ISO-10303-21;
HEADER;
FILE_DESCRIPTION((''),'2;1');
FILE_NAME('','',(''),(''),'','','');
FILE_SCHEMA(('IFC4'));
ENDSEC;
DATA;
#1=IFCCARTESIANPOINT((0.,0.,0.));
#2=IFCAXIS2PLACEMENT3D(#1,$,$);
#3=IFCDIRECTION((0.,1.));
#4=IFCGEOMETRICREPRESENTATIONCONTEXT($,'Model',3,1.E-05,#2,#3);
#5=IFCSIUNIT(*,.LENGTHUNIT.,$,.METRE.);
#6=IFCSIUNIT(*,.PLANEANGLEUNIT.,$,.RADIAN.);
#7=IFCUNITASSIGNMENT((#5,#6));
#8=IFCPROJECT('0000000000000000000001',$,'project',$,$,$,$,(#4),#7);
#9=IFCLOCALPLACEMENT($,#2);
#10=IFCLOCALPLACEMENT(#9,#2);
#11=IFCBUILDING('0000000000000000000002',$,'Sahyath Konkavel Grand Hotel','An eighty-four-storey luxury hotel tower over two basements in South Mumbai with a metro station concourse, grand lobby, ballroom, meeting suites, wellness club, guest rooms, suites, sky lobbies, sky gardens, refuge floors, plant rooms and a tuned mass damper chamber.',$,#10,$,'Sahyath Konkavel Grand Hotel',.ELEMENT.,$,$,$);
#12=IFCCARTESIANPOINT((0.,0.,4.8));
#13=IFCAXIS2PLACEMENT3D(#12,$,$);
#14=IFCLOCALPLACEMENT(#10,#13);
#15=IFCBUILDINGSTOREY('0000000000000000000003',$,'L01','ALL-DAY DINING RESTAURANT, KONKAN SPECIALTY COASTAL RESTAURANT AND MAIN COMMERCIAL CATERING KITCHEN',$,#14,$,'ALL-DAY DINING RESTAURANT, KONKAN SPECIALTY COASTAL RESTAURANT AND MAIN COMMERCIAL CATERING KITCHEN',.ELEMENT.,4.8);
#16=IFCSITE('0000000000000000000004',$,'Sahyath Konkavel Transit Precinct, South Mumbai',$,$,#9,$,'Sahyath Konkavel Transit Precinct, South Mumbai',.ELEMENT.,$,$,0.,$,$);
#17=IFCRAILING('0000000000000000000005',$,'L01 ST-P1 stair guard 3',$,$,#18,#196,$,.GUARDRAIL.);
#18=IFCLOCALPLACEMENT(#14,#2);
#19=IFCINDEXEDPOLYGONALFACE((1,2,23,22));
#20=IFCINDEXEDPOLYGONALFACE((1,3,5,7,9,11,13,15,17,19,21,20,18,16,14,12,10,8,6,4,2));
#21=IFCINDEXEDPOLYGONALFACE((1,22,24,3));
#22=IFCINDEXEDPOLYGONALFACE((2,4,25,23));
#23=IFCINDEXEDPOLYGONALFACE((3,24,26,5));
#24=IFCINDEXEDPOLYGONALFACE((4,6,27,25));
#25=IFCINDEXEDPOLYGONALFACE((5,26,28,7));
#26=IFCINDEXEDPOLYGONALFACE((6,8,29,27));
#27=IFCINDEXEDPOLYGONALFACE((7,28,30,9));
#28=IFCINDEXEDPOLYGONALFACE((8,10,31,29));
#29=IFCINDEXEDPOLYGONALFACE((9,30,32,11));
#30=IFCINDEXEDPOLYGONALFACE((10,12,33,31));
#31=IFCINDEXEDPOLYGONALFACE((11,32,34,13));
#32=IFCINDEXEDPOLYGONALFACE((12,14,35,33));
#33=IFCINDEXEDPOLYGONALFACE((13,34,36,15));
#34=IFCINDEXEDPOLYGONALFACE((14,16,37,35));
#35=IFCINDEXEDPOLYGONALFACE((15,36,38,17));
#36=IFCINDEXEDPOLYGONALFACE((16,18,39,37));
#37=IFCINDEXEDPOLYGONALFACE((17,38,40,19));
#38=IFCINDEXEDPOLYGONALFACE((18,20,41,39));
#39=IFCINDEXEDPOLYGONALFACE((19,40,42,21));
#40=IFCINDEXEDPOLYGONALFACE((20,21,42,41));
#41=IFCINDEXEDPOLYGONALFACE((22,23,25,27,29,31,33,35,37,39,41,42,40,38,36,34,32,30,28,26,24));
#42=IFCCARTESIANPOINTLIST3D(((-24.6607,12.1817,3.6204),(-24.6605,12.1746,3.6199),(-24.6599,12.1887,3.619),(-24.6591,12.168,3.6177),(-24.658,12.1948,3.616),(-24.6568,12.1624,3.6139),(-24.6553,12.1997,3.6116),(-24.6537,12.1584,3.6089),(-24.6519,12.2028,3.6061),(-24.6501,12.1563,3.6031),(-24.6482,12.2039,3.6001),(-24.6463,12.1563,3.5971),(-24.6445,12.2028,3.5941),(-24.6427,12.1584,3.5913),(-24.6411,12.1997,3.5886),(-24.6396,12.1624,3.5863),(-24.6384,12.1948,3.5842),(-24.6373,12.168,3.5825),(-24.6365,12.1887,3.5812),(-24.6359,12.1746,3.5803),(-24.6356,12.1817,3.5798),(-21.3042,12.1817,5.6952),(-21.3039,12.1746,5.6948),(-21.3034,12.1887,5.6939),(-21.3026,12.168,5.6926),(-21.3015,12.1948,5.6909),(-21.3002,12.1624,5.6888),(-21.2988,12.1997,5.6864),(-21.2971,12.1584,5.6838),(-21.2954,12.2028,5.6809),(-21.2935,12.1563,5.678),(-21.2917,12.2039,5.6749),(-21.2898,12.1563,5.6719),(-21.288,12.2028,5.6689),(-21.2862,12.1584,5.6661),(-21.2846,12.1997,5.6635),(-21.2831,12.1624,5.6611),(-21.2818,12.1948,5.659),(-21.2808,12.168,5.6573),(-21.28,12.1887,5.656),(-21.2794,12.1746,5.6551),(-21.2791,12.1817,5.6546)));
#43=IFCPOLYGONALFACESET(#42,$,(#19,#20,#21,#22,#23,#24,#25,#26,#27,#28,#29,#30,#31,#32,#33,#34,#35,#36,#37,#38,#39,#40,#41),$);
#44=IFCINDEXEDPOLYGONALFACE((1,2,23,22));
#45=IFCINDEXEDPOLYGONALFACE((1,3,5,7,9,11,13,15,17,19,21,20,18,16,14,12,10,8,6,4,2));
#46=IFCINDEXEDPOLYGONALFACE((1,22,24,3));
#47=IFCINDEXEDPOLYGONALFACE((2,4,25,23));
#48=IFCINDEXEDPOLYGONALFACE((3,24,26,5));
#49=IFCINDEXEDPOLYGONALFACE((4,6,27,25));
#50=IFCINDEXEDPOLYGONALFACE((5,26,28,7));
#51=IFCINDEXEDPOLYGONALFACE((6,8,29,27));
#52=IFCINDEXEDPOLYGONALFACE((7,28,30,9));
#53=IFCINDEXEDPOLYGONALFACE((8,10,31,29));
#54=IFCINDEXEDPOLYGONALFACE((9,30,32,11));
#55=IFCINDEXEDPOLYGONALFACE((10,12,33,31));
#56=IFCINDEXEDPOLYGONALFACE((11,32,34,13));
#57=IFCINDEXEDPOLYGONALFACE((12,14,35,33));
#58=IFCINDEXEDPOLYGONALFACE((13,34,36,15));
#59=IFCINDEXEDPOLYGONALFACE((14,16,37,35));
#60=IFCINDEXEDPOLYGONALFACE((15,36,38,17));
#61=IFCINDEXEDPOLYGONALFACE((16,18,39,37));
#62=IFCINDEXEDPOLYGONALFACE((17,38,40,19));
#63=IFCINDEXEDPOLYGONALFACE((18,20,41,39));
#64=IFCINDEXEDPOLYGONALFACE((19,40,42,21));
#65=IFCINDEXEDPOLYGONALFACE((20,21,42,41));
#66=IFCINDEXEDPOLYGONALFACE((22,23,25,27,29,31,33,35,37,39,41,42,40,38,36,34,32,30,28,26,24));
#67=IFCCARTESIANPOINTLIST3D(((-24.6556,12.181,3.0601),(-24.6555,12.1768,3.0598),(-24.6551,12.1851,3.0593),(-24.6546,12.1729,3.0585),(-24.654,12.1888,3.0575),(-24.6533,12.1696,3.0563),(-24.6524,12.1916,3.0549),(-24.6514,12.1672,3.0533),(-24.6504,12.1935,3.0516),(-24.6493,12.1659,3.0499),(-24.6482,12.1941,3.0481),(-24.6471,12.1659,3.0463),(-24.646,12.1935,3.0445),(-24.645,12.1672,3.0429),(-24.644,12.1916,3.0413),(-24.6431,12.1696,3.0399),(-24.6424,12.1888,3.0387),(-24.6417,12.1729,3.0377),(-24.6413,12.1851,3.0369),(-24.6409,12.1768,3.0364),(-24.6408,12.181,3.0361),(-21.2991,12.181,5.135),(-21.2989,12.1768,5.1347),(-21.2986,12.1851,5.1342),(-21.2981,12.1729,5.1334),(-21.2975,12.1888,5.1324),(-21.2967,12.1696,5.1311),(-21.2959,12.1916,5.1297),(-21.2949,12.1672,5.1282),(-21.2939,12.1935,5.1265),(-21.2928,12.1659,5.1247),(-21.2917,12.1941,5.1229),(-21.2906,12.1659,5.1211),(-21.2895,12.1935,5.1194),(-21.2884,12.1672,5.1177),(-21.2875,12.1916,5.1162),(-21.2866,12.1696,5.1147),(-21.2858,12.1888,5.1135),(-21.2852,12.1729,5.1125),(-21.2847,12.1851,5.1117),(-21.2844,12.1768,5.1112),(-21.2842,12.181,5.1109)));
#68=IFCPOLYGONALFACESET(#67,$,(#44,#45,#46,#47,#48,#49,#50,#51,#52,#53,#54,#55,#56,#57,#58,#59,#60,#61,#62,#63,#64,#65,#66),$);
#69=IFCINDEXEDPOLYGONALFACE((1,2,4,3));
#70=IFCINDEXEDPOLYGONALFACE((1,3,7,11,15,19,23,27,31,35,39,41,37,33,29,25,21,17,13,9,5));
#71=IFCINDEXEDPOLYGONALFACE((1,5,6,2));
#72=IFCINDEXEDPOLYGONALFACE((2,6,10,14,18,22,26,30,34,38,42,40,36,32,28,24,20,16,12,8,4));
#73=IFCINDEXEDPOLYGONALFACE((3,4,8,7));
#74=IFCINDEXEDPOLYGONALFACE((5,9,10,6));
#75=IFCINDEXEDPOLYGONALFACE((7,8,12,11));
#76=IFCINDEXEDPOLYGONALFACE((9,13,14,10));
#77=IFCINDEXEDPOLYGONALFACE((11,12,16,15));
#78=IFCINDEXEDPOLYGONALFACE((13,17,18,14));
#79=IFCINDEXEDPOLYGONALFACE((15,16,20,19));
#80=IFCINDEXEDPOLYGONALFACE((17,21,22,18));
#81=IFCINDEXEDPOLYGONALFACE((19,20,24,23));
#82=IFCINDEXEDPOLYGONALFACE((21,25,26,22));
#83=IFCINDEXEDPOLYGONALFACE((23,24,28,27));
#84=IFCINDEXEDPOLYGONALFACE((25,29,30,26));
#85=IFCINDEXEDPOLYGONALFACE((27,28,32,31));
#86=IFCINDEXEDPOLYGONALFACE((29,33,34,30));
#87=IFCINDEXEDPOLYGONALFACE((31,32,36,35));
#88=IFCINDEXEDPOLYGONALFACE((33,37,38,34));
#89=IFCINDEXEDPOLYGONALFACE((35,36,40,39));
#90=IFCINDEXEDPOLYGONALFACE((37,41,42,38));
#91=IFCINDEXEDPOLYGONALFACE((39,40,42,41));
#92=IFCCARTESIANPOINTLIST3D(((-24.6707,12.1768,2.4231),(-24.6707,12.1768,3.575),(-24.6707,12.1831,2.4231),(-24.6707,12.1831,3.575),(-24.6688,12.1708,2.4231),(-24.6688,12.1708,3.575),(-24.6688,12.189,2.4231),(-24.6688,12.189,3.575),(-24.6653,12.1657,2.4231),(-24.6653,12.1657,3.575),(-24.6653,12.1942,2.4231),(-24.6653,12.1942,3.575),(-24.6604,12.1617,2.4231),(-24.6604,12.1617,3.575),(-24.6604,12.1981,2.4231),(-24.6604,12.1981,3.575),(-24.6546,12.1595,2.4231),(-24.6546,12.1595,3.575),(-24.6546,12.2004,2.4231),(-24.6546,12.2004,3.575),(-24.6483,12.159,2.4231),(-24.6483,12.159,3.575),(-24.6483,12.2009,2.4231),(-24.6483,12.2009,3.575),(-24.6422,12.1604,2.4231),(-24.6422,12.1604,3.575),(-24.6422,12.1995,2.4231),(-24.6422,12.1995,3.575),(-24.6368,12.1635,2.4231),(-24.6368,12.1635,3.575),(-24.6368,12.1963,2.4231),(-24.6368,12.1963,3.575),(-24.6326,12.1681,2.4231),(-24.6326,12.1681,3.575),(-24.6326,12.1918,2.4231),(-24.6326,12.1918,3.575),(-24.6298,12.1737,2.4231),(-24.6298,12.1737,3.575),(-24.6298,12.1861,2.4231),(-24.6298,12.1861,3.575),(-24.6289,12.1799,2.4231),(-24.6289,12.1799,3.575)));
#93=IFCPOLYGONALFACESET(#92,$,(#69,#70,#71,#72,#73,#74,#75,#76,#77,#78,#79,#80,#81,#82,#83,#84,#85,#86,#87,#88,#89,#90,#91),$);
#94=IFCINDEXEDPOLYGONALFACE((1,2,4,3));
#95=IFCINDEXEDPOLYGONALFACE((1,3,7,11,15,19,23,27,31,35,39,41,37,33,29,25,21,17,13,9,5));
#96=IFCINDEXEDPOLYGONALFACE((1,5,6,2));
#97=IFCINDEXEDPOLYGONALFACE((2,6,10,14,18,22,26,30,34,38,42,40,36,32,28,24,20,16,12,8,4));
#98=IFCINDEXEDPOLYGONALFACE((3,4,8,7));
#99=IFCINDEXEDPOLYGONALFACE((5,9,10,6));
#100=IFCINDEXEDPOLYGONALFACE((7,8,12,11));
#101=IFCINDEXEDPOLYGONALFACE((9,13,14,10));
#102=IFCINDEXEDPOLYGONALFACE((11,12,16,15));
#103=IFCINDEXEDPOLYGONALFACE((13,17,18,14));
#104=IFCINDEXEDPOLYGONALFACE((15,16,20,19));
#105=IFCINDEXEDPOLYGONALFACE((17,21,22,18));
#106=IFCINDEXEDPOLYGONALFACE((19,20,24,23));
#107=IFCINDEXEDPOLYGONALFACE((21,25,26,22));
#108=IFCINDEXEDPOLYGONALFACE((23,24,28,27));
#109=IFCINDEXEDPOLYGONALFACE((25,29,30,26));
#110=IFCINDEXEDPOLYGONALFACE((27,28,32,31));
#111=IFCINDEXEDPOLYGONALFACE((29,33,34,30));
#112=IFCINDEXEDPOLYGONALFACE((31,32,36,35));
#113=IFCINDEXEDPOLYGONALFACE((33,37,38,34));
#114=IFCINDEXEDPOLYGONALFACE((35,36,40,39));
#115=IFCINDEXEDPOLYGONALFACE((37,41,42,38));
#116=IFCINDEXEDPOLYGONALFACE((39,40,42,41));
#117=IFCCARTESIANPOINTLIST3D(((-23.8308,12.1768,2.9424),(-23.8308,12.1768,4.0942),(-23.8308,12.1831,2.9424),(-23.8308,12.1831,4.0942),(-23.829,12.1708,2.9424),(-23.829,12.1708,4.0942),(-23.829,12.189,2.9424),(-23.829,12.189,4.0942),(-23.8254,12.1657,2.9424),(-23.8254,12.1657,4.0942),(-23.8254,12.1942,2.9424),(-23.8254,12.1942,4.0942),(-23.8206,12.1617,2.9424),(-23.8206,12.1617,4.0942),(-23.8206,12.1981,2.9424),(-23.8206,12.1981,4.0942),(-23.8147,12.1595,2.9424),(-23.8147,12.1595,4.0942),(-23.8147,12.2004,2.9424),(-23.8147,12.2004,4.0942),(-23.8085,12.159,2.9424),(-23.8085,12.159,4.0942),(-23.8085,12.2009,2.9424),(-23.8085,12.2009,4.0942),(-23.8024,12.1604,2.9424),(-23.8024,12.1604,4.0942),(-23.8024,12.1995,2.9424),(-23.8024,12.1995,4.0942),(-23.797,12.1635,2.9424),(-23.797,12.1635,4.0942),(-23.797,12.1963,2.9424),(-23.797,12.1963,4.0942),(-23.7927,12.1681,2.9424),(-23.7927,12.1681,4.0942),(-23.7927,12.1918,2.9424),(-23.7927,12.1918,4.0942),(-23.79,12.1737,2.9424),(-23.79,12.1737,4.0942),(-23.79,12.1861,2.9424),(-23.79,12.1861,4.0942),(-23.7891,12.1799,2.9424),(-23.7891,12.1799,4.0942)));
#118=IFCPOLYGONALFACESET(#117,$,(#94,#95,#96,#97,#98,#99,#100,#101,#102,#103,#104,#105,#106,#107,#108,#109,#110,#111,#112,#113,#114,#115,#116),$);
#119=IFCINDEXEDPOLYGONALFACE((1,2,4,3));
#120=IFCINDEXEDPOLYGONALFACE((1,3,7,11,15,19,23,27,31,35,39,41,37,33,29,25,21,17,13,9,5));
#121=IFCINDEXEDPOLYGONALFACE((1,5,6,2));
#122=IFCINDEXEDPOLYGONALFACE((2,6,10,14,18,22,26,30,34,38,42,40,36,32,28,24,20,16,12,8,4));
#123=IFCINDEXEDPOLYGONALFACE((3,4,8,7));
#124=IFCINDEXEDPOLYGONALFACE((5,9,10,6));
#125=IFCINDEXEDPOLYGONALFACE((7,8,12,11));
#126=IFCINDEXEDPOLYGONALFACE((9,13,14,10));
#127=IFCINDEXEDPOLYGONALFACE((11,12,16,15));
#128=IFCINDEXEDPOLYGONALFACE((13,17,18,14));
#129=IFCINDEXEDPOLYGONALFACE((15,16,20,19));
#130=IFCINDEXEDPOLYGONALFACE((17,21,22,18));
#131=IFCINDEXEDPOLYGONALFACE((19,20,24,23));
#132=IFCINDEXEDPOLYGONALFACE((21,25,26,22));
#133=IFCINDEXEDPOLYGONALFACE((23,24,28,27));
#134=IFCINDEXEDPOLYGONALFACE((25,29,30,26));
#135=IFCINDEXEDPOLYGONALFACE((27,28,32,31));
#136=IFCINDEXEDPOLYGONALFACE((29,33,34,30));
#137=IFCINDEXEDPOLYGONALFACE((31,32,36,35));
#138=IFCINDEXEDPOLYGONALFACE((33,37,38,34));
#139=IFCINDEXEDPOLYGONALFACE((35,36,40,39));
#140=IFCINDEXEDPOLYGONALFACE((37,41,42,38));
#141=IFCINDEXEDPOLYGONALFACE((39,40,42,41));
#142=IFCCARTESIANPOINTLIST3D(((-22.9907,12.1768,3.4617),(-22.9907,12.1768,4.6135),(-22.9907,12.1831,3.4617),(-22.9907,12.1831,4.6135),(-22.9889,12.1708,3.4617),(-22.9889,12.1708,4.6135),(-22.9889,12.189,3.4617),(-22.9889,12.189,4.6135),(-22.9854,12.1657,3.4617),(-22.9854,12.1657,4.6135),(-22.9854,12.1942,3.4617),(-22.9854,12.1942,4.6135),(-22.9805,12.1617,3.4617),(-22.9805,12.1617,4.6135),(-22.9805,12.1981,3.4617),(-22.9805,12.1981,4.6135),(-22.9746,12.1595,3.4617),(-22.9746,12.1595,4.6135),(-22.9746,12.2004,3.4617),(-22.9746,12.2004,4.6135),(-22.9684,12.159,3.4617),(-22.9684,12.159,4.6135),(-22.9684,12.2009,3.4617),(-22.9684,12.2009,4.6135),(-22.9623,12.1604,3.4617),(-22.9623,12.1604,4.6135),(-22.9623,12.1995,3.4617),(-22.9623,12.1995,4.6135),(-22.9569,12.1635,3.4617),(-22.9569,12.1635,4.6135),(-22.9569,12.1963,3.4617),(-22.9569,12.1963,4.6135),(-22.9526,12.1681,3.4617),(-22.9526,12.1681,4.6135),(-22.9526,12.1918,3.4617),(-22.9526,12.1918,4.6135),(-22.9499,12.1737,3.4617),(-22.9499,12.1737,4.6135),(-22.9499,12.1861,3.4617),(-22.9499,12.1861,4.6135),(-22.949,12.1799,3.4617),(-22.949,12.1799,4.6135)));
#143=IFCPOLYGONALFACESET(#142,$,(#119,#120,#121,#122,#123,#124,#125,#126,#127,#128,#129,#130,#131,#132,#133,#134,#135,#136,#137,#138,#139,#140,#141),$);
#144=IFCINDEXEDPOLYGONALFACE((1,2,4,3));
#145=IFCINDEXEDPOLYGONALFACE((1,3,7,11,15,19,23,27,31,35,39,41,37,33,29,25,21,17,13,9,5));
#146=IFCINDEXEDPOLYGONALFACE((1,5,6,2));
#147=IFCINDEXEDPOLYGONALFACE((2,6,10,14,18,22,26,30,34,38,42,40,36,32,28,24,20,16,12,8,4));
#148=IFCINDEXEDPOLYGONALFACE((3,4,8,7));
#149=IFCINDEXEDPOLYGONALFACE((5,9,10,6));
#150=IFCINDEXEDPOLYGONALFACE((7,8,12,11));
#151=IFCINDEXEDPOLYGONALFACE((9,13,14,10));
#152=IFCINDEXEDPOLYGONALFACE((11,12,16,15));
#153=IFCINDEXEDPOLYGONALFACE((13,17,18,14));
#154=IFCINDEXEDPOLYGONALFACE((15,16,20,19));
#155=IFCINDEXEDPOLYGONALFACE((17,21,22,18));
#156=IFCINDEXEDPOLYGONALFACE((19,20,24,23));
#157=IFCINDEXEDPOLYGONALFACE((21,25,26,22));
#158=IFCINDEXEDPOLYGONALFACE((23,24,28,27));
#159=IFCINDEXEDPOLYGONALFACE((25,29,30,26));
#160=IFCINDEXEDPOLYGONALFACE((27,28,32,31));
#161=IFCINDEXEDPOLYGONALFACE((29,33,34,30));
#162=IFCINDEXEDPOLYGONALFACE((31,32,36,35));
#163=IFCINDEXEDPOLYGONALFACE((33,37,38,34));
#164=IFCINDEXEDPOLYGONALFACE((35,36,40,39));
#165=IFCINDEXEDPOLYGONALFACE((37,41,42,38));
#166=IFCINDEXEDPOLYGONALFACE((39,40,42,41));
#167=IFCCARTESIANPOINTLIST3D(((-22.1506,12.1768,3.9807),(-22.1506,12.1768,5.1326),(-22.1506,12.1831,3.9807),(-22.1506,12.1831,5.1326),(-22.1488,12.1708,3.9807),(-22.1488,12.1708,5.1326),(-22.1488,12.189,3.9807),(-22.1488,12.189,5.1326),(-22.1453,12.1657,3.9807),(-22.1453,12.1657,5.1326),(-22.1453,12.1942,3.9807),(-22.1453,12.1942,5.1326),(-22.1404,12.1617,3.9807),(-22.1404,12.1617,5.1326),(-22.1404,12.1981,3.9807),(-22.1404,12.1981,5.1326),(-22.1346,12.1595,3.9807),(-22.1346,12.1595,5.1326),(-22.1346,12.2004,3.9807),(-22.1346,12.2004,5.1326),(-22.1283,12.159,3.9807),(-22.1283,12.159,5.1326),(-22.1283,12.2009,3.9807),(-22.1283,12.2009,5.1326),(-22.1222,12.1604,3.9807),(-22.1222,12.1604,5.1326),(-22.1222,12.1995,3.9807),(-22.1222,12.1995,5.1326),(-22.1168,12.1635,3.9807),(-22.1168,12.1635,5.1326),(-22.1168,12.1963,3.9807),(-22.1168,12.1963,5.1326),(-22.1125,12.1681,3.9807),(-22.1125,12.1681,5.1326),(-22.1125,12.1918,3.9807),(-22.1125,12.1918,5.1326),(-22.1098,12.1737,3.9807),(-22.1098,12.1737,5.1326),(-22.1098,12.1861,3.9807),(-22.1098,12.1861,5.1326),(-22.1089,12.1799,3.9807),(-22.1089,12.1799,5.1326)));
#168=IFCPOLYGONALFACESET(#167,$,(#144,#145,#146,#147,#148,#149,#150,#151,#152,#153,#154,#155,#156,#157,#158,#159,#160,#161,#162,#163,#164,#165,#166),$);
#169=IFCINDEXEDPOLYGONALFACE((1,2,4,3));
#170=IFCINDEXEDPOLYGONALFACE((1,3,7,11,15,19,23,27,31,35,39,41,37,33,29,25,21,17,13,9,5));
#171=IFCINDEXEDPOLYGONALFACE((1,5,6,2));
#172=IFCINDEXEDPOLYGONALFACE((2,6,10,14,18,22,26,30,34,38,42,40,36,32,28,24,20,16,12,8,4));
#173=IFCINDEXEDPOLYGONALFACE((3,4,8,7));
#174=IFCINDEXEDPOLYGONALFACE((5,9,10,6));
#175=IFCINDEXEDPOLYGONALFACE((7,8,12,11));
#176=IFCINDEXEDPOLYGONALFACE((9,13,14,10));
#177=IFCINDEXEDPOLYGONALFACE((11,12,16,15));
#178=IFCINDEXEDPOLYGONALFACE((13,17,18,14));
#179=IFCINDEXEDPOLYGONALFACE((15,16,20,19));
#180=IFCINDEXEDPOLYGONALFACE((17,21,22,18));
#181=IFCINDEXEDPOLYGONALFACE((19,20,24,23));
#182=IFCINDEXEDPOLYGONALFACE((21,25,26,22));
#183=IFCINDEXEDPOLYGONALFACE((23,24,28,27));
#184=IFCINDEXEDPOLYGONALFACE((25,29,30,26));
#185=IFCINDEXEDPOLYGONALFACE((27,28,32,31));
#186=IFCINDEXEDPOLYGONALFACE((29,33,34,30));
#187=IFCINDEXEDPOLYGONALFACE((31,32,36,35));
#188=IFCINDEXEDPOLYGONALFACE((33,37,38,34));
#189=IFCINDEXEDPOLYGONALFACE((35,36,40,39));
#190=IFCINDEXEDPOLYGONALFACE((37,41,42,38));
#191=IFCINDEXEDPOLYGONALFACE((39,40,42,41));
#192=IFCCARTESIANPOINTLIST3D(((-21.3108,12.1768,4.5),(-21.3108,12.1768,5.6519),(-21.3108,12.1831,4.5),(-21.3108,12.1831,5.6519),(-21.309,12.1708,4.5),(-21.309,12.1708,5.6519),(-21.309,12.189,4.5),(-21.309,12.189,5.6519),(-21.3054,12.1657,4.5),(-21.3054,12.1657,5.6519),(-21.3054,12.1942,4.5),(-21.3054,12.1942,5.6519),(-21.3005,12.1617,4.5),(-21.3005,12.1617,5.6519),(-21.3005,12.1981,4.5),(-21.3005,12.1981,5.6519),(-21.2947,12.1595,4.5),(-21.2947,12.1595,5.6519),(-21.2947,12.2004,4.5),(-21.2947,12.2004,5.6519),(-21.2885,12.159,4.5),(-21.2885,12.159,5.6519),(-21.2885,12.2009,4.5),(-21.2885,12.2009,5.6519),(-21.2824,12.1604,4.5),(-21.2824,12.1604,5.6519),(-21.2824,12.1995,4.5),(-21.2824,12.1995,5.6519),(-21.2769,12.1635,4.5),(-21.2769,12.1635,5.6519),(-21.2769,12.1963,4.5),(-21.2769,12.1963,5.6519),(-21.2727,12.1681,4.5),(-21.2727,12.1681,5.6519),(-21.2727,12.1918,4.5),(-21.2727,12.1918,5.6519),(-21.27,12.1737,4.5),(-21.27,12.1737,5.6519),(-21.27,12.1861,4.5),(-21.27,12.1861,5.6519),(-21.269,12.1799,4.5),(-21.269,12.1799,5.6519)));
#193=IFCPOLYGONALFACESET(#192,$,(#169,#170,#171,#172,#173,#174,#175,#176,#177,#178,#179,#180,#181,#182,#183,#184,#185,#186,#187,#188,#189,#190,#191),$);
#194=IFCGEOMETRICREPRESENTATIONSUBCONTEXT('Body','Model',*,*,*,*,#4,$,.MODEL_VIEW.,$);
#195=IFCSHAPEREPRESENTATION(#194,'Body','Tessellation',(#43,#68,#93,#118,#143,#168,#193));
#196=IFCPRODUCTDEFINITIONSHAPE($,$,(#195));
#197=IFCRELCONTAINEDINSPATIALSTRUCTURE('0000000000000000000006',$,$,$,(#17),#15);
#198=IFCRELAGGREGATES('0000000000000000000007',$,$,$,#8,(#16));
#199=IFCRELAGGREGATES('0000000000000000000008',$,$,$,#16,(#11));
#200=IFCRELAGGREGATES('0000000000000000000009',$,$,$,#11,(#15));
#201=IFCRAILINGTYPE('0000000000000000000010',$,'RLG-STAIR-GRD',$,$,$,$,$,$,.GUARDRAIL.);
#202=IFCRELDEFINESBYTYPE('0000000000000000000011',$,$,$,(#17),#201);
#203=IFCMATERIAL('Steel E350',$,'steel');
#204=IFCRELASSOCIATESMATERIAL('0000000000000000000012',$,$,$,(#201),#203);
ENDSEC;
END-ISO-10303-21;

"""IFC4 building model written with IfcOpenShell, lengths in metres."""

from ifc_helpers import new_model, si_unit, direction, frame, origin, origin_2d, place, context, subcontext, project, spatial, circle, extrude, material, type_object, element, save


model = new_model("IFC4")

# Units and contexts
model_context = context("Model", 3, precision=1e-05, world=origin(), true_north=direction((0.0, 1.0)))
body_context = subcontext(model_context, "Body", "Model", "MODEL_VIEW")
ifc_project = project(units=[si_unit("LENGTHUNIT", "METRE"), si_unit("PLANEANGLEUNIT", "RADIAN")], contexts=[model_context])

# Site, building, storey
site_placement = place(None, origin())
site = spatial("IfcSite", under=ifc_project, at=site_placement, Name="Sahyath Konkavel Transit Precinct, South Mumbai", LongName="Sahyath Konkavel Transit Precinct, South Mumbai", CompositionType="ELEMENT", RefElevation=0.0)
building_placement = place(site_placement, origin())
building = spatial("IfcBuilding", under=site, at=building_placement, Name="Sahyath Konkavel Grand Hotel", Description="An eighty-four-storey luxury hotel tower over two basements in South Mumbai with a metro station concourse, grand lobby, ballroom, meeting suites, wellness club, guest rooms, suites, sky lobbies, sky gardens, refuge floors, plant rooms and a tuned mass damper chamber.", LongName="Sahyath Konkavel Grand Hotel", CompositionType="ELEMENT")
storey_placement = place(building_placement, frame((0.0, 0.0, 4.8)))
storey = spatial("IfcBuildingStorey", under=building, at=storey_placement, Name="L01", Description="ALL-DAY DINING RESTAURANT, KONKAN SPECIALTY COASTAL RESTAURANT AND MAIN COMMERCIAL CATERING KITCHEN", LongName="ALL-DAY DINING RESTAURANT, KONKAN SPECIALTY COASTAL RESTAURANT AND MAIN COMMERCIAL CATERING KITCHEN", CompositionType="ELEMENT", Elevation=4.8)

# Shared definitions
ifc_material_1 = material(Name="Steel E350", Category="steel")

# Railing
railing_type_1 = type_object("IfcRailingType", Name="RLG-STAIR-GRD", PredefinedType="GUARDRAIL", material=ifc_material_1)
railing_1_placement = place(storey_placement, frame((-24.6499, 12.1799, 2.4231)))
element("IfcRailing", 1, at=railing_1_placement, inside=storey, type_object=railing_type_1, Name="L01 ST-P1 stair guard 3", PredefinedType="GUARDRAIL", context=body_context, shape_type="SweptSolid", body=[
    extrude(circle(Radius=0.0239, at=origin_2d()), frame((0.0017, 0.0, 1.177), z_axis=(0.850606, 0.0, 0.525803), x_axis=(0.0, 1.0, 0.0)), (0.0, 0.0, 1.0), 3.946),
    extrude(circle(Radius=0.0142, at=origin_2d()), frame((0.0017, 0.0, 0.625), z_axis=(0.850606, 0.0, 0.525803), x_axis=(0.0, 1.0, 0.0)), (0.0, 0.0, 1.0), 3.946),
    extrude(circle(Radius=0.021, at=origin_2d()), origin(), (0.0, 0.0, 1.0), 1.1519),
    extrude(circle(Radius=0.021, at=origin_2d()), frame((0.8398, 0.0, 0.5193)), (0.0, 0.0, 1.0), 1.1519),
    extrude(circle(Radius=0.021, at=origin_2d()), frame((1.6799, 0.0, 1.0386)), (0.0, 0.0, 1.0), 1.1519),
    extrude(circle(Radius=0.021, at=origin_2d()), frame((2.52, 0.0, 1.5576)), (0.0, 0.0, 1.0), 1.1519),
    extrude(circle(Radius=0.021, at=origin_2d()), frame((3.3599, 0.0, 2.0769)), (0.0, 0.0, 1.0), 1.1519),
])

save(model, "model.ifc")
